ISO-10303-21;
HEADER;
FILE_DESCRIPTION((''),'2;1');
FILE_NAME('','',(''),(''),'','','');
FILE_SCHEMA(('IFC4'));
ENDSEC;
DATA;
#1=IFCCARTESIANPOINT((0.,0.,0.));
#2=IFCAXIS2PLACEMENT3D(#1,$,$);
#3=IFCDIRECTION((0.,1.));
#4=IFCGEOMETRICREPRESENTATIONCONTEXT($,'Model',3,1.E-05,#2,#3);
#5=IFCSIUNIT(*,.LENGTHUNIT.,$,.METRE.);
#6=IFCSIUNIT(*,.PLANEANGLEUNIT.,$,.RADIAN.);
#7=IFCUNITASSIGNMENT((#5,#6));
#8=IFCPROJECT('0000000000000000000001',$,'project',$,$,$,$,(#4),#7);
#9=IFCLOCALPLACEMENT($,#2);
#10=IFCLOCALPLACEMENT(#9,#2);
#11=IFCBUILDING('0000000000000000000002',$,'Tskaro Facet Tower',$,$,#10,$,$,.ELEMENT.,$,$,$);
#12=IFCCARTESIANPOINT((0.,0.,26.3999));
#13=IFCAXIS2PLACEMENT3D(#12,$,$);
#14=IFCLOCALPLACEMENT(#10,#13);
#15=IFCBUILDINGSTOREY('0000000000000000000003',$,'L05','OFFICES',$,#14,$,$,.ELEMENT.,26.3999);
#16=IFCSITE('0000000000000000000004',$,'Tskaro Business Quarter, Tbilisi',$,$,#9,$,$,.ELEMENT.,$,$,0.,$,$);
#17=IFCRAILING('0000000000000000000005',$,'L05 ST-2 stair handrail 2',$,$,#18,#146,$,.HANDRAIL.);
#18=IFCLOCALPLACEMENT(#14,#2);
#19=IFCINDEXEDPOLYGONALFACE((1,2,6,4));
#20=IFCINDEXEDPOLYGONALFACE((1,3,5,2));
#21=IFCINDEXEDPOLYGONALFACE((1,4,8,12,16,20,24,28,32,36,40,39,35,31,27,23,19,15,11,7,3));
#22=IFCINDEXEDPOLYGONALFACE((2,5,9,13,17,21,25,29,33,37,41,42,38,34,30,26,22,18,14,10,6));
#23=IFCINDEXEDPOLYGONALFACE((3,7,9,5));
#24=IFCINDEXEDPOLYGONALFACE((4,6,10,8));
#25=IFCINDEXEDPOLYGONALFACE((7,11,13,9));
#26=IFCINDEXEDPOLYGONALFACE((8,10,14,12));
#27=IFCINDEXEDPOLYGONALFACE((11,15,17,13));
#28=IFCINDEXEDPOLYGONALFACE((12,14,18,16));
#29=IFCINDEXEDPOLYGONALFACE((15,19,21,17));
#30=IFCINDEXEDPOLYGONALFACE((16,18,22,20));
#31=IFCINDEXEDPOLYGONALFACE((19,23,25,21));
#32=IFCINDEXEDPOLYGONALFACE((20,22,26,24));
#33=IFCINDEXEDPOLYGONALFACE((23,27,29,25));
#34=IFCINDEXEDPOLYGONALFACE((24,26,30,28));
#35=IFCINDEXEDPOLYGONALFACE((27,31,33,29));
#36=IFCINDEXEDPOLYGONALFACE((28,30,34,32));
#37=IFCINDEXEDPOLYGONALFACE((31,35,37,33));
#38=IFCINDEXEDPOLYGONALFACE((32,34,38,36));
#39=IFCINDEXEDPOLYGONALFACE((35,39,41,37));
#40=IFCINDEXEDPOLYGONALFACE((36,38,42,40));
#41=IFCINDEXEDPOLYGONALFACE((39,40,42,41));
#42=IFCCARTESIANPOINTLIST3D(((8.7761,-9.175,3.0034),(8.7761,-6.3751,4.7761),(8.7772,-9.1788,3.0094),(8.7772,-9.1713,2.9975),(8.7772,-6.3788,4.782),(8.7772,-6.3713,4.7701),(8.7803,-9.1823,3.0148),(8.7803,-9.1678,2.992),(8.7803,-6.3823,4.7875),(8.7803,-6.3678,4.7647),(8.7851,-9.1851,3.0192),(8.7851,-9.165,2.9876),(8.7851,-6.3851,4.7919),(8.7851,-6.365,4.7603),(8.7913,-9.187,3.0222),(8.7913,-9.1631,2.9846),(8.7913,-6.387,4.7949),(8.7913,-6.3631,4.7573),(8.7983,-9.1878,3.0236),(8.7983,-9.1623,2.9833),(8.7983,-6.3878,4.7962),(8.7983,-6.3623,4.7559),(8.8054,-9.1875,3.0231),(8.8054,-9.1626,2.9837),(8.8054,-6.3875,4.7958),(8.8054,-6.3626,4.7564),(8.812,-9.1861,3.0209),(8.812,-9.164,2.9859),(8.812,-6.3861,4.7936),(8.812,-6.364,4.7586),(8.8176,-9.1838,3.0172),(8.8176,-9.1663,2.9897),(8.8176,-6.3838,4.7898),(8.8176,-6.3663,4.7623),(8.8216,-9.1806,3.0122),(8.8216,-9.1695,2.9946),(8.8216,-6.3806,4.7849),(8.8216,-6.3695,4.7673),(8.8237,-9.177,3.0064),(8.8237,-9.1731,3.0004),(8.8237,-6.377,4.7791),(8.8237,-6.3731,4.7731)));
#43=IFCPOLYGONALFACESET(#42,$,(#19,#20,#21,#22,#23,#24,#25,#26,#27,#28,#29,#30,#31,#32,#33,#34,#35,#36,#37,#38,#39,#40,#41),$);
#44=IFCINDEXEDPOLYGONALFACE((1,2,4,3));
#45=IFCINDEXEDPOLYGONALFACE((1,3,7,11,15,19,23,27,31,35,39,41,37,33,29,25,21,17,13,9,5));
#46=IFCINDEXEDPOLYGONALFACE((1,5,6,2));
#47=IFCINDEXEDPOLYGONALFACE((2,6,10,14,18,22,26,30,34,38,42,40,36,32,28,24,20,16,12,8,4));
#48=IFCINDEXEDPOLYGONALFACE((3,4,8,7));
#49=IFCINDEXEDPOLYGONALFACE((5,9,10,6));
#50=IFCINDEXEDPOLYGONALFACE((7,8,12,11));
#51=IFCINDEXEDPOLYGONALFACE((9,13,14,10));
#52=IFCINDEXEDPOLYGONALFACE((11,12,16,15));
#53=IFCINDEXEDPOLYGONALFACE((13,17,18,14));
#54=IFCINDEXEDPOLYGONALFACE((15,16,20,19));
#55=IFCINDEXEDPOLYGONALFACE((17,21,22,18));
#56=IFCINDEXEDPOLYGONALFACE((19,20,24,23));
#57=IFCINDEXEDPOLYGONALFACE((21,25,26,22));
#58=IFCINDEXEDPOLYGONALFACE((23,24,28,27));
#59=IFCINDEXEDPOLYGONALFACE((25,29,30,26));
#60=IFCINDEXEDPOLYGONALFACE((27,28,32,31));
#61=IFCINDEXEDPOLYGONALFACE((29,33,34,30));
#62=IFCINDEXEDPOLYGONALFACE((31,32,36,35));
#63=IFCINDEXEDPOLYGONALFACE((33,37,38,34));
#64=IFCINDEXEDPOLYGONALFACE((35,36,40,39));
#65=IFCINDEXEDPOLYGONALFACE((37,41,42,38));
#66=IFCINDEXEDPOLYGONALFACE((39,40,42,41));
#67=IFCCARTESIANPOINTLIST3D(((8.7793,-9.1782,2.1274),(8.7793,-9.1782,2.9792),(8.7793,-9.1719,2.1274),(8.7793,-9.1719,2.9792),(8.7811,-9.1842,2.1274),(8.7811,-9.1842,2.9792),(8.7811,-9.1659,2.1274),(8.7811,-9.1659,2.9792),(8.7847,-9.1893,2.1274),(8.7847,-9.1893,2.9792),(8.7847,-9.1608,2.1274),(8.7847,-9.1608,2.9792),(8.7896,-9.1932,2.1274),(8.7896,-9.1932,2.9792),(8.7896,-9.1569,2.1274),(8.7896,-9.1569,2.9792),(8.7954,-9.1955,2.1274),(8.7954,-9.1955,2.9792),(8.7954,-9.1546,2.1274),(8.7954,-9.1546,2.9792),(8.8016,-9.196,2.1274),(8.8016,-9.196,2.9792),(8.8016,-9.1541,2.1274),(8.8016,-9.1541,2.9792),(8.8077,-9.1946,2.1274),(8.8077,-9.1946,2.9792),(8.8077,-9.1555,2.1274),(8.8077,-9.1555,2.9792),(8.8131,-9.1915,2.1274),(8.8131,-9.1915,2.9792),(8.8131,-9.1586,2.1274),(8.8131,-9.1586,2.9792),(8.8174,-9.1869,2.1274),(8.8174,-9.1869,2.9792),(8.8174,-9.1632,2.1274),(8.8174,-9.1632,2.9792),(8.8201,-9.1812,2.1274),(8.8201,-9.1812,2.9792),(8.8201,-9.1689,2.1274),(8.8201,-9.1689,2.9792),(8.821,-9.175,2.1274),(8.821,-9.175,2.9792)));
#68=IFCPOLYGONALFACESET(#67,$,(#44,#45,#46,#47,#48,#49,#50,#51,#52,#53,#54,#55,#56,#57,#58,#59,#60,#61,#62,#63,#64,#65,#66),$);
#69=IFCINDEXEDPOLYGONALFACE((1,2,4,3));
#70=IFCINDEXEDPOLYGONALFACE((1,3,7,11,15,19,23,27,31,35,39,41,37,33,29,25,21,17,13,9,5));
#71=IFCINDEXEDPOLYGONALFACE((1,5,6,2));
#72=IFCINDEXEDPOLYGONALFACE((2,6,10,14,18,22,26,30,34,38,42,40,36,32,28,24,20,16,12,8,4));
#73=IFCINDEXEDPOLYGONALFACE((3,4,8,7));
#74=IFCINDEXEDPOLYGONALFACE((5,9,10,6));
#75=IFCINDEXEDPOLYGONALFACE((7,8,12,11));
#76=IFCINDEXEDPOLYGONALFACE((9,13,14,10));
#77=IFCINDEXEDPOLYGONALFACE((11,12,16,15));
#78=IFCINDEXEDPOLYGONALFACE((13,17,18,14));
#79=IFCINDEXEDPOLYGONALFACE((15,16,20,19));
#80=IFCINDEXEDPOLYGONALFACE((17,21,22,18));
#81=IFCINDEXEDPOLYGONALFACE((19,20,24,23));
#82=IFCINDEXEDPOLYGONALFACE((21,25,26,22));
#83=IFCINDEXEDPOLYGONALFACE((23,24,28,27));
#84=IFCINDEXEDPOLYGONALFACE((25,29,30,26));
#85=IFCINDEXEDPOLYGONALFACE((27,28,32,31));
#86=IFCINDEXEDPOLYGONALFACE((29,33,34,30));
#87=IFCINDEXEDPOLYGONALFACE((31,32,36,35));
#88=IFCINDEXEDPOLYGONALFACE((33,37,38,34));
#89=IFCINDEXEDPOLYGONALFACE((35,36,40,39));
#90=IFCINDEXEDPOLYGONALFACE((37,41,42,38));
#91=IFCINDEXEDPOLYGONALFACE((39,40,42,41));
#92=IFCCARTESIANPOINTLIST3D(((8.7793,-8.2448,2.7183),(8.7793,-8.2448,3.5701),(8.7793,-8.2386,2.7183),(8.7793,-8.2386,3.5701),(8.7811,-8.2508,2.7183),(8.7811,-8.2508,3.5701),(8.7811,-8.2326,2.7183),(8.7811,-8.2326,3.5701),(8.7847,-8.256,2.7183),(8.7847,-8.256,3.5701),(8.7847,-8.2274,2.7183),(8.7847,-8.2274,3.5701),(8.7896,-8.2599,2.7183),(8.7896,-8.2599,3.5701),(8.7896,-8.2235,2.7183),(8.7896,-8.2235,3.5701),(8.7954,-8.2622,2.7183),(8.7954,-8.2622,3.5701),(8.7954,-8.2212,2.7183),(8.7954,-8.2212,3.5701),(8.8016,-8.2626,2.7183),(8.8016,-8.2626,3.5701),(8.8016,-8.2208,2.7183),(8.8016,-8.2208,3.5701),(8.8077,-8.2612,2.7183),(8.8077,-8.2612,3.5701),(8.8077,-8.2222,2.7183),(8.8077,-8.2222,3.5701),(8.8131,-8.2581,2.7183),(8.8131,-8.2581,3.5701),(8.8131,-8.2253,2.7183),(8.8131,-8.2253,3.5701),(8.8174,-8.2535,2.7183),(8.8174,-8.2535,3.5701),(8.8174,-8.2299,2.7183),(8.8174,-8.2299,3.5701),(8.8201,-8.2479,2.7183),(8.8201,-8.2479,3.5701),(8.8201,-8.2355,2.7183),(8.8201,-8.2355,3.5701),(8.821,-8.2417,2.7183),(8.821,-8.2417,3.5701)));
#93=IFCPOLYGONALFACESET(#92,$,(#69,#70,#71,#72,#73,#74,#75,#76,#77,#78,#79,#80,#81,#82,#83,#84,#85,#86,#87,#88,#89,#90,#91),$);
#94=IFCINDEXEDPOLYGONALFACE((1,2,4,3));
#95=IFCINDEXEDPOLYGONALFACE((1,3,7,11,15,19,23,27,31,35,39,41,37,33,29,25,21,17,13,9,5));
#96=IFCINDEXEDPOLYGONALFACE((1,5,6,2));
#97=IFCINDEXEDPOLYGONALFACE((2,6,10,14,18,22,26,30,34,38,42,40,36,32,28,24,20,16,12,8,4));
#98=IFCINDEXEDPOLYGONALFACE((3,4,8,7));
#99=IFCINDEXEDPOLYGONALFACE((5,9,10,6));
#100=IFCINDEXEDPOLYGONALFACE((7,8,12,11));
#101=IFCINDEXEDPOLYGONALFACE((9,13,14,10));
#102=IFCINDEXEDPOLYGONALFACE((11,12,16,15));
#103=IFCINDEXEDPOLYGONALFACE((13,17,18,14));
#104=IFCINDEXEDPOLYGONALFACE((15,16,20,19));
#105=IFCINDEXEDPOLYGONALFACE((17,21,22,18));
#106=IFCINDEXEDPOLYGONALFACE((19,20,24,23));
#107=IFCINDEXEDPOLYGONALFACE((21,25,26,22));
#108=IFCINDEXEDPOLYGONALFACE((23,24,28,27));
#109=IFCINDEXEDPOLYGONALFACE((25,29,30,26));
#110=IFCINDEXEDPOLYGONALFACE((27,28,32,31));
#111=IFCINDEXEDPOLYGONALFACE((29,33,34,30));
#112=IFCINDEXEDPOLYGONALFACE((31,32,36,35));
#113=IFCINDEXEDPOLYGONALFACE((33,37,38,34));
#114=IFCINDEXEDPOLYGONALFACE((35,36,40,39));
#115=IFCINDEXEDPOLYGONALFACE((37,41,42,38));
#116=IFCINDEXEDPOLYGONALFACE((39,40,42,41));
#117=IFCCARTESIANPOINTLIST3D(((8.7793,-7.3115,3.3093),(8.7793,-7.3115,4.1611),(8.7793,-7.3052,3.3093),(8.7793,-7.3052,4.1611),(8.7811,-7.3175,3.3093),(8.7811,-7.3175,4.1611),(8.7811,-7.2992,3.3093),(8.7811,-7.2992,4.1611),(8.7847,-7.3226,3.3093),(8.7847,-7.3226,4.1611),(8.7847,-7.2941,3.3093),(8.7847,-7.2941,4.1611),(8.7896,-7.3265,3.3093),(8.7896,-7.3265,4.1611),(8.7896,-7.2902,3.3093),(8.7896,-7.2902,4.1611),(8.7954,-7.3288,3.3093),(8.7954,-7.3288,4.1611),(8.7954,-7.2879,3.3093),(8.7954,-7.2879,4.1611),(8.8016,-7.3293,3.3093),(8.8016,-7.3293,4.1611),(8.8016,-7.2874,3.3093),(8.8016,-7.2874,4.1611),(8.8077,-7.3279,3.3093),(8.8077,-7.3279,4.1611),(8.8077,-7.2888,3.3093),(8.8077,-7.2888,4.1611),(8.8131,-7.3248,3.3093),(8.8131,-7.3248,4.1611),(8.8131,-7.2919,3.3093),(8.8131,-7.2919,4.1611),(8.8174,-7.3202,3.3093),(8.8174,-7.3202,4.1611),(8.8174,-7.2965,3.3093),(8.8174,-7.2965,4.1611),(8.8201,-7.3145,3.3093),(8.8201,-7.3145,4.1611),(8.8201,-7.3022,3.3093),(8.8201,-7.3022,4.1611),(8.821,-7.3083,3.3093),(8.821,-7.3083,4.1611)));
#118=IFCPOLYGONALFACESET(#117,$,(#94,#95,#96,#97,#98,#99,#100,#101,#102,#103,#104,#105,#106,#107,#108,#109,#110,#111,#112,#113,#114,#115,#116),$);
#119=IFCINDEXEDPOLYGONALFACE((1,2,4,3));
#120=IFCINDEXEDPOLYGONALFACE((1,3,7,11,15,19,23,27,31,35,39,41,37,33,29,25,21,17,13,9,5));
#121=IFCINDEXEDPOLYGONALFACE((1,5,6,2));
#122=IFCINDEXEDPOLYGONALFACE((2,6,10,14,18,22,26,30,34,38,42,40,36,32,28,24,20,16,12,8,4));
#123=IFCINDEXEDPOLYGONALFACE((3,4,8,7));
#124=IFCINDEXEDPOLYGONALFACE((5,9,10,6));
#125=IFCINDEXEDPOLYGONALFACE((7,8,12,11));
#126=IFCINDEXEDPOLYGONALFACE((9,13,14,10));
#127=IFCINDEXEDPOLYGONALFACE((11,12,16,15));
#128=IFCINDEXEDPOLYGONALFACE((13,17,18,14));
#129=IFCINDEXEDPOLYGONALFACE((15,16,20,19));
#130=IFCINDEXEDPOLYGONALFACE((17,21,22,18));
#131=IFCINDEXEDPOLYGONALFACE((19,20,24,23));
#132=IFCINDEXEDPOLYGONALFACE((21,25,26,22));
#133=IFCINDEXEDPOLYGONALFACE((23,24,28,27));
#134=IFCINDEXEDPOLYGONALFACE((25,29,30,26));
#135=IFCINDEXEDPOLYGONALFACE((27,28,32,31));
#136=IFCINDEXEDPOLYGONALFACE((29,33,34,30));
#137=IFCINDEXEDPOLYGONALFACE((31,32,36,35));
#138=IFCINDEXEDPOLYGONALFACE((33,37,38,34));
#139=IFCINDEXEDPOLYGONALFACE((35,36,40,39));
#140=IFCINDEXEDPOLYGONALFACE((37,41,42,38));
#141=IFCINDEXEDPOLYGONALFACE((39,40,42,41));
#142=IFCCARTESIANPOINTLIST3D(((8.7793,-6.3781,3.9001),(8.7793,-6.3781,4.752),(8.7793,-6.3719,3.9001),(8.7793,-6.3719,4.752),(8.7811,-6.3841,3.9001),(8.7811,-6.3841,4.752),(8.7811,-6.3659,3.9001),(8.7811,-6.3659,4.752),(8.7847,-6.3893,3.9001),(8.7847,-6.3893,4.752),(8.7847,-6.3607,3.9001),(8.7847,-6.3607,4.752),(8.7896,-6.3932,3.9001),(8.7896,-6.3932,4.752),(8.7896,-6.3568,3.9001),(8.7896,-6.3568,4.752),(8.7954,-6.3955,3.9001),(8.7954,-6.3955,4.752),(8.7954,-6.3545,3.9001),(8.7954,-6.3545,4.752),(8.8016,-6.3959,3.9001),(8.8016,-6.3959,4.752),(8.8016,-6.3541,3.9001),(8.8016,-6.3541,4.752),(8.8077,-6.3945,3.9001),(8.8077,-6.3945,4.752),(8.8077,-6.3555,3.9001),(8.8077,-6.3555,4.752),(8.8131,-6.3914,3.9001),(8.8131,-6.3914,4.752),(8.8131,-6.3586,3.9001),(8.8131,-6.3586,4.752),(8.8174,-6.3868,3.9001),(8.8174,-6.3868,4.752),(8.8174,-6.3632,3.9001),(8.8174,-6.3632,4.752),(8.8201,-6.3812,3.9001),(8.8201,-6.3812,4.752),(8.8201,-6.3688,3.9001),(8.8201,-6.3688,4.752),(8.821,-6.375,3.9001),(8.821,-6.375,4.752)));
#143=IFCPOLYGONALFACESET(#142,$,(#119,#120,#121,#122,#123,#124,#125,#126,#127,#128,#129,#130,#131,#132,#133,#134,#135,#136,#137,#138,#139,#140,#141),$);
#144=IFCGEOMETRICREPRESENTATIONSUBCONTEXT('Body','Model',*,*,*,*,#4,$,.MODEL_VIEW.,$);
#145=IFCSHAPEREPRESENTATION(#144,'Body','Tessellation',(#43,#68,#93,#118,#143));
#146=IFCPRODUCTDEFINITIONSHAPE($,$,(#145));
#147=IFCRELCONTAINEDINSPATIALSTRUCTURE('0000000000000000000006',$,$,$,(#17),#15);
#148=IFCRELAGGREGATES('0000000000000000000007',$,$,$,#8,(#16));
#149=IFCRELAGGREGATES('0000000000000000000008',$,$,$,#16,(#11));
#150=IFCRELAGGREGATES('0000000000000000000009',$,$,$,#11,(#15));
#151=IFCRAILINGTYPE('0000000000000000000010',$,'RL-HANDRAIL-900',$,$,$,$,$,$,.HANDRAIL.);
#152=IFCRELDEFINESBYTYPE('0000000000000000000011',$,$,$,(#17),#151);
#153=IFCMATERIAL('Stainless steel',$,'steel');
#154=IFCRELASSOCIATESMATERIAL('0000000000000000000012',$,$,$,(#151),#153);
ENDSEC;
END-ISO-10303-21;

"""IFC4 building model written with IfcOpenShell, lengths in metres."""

from ifc_helpers import new_model, si_unit, direction, frame, origin, origin_2d, place, context, subcontext, project, spatial, circle, extrude, material, type_object, element, save


model = new_model("IFC4")

# Units and contexts
model_context = context("Model", 3, precision=1e-05, world=origin(), true_north=direction((0.0, 1.0)))
body_context = subcontext(model_context, "Body", "Model", "MODEL_VIEW")
ifc_project = project(units=[si_unit("LENGTHUNIT", "METRE"), si_unit("PLANEANGLEUNIT", "RADIAN")], contexts=[model_context])

# Site, building, storey
site_placement = place(None, origin())
site = spatial("IfcSite", under=ifc_project, at=site_placement, Name="Tskaro Business Quarter, Tbilisi", CompositionType="ELEMENT", RefElevation=0.0)
building_placement = place(site_placement, origin())
building = spatial("IfcBuilding", under=site, at=building_placement, Name="Tskaro Facet Tower", CompositionType="ELEMENT")
storey_placement = place(building_placement, frame((0.0, 0.0, 26.3999)))
storey = spatial("IfcBuildingStorey", under=building, at=storey_placement, Name="L05", Description="OFFICES", CompositionType="ELEMENT", Elevation=26.3999)

# Railing
ifc_material_1 = material(Name="Stainless steel", Category="steel")
railing_type_1 = type_object("IfcRailingType", Name="RL-HANDRAIL-900", PredefinedType="HANDRAIL", material=ifc_material_1)
railing_1_placement = place(storey_placement, frame((8.8, -9.175, 2.1274)))
element("IfcRailing", 1, at=railing_1_placement, inside=storey, type_object=railing_type_1, Name="L05 ST-2 stair handrail 2", PredefinedType="HANDRAIL", context=body_context, shape_type="SweptSolid", body=[
    extrude(circle(Radius=0.0239, at=origin_2d()), frame((0.0, 0.0, 0.876), z_axis=(0.0, 0.844909, 0.53491), x_axis=(-1.0, 0.0, 0.0)), (0.0, 0.0, 1.0), 3.314),
    extrude(circle(Radius=0.021, at=origin_2d()), origin(), (0.0, 0.0, 1.0), 0.8518),
    extrude(circle(Radius=0.021, at=origin_2d()), frame((0.0, 0.9333, 0.5908)), (0.0, 0.0, 1.0), 0.8518),
    extrude(circle(Radius=0.021, at=origin_2d()), frame((0.0, 1.8667, 1.1819)), (0.0, 0.0, 1.0), 0.8518),
    extrude(circle(Radius=0.021, at=origin_2d()), frame((0.0, 2.8, 1.7727)), (0.0, 0.0, 1.0), 0.8518),
])

save(model, "model.ifc")
